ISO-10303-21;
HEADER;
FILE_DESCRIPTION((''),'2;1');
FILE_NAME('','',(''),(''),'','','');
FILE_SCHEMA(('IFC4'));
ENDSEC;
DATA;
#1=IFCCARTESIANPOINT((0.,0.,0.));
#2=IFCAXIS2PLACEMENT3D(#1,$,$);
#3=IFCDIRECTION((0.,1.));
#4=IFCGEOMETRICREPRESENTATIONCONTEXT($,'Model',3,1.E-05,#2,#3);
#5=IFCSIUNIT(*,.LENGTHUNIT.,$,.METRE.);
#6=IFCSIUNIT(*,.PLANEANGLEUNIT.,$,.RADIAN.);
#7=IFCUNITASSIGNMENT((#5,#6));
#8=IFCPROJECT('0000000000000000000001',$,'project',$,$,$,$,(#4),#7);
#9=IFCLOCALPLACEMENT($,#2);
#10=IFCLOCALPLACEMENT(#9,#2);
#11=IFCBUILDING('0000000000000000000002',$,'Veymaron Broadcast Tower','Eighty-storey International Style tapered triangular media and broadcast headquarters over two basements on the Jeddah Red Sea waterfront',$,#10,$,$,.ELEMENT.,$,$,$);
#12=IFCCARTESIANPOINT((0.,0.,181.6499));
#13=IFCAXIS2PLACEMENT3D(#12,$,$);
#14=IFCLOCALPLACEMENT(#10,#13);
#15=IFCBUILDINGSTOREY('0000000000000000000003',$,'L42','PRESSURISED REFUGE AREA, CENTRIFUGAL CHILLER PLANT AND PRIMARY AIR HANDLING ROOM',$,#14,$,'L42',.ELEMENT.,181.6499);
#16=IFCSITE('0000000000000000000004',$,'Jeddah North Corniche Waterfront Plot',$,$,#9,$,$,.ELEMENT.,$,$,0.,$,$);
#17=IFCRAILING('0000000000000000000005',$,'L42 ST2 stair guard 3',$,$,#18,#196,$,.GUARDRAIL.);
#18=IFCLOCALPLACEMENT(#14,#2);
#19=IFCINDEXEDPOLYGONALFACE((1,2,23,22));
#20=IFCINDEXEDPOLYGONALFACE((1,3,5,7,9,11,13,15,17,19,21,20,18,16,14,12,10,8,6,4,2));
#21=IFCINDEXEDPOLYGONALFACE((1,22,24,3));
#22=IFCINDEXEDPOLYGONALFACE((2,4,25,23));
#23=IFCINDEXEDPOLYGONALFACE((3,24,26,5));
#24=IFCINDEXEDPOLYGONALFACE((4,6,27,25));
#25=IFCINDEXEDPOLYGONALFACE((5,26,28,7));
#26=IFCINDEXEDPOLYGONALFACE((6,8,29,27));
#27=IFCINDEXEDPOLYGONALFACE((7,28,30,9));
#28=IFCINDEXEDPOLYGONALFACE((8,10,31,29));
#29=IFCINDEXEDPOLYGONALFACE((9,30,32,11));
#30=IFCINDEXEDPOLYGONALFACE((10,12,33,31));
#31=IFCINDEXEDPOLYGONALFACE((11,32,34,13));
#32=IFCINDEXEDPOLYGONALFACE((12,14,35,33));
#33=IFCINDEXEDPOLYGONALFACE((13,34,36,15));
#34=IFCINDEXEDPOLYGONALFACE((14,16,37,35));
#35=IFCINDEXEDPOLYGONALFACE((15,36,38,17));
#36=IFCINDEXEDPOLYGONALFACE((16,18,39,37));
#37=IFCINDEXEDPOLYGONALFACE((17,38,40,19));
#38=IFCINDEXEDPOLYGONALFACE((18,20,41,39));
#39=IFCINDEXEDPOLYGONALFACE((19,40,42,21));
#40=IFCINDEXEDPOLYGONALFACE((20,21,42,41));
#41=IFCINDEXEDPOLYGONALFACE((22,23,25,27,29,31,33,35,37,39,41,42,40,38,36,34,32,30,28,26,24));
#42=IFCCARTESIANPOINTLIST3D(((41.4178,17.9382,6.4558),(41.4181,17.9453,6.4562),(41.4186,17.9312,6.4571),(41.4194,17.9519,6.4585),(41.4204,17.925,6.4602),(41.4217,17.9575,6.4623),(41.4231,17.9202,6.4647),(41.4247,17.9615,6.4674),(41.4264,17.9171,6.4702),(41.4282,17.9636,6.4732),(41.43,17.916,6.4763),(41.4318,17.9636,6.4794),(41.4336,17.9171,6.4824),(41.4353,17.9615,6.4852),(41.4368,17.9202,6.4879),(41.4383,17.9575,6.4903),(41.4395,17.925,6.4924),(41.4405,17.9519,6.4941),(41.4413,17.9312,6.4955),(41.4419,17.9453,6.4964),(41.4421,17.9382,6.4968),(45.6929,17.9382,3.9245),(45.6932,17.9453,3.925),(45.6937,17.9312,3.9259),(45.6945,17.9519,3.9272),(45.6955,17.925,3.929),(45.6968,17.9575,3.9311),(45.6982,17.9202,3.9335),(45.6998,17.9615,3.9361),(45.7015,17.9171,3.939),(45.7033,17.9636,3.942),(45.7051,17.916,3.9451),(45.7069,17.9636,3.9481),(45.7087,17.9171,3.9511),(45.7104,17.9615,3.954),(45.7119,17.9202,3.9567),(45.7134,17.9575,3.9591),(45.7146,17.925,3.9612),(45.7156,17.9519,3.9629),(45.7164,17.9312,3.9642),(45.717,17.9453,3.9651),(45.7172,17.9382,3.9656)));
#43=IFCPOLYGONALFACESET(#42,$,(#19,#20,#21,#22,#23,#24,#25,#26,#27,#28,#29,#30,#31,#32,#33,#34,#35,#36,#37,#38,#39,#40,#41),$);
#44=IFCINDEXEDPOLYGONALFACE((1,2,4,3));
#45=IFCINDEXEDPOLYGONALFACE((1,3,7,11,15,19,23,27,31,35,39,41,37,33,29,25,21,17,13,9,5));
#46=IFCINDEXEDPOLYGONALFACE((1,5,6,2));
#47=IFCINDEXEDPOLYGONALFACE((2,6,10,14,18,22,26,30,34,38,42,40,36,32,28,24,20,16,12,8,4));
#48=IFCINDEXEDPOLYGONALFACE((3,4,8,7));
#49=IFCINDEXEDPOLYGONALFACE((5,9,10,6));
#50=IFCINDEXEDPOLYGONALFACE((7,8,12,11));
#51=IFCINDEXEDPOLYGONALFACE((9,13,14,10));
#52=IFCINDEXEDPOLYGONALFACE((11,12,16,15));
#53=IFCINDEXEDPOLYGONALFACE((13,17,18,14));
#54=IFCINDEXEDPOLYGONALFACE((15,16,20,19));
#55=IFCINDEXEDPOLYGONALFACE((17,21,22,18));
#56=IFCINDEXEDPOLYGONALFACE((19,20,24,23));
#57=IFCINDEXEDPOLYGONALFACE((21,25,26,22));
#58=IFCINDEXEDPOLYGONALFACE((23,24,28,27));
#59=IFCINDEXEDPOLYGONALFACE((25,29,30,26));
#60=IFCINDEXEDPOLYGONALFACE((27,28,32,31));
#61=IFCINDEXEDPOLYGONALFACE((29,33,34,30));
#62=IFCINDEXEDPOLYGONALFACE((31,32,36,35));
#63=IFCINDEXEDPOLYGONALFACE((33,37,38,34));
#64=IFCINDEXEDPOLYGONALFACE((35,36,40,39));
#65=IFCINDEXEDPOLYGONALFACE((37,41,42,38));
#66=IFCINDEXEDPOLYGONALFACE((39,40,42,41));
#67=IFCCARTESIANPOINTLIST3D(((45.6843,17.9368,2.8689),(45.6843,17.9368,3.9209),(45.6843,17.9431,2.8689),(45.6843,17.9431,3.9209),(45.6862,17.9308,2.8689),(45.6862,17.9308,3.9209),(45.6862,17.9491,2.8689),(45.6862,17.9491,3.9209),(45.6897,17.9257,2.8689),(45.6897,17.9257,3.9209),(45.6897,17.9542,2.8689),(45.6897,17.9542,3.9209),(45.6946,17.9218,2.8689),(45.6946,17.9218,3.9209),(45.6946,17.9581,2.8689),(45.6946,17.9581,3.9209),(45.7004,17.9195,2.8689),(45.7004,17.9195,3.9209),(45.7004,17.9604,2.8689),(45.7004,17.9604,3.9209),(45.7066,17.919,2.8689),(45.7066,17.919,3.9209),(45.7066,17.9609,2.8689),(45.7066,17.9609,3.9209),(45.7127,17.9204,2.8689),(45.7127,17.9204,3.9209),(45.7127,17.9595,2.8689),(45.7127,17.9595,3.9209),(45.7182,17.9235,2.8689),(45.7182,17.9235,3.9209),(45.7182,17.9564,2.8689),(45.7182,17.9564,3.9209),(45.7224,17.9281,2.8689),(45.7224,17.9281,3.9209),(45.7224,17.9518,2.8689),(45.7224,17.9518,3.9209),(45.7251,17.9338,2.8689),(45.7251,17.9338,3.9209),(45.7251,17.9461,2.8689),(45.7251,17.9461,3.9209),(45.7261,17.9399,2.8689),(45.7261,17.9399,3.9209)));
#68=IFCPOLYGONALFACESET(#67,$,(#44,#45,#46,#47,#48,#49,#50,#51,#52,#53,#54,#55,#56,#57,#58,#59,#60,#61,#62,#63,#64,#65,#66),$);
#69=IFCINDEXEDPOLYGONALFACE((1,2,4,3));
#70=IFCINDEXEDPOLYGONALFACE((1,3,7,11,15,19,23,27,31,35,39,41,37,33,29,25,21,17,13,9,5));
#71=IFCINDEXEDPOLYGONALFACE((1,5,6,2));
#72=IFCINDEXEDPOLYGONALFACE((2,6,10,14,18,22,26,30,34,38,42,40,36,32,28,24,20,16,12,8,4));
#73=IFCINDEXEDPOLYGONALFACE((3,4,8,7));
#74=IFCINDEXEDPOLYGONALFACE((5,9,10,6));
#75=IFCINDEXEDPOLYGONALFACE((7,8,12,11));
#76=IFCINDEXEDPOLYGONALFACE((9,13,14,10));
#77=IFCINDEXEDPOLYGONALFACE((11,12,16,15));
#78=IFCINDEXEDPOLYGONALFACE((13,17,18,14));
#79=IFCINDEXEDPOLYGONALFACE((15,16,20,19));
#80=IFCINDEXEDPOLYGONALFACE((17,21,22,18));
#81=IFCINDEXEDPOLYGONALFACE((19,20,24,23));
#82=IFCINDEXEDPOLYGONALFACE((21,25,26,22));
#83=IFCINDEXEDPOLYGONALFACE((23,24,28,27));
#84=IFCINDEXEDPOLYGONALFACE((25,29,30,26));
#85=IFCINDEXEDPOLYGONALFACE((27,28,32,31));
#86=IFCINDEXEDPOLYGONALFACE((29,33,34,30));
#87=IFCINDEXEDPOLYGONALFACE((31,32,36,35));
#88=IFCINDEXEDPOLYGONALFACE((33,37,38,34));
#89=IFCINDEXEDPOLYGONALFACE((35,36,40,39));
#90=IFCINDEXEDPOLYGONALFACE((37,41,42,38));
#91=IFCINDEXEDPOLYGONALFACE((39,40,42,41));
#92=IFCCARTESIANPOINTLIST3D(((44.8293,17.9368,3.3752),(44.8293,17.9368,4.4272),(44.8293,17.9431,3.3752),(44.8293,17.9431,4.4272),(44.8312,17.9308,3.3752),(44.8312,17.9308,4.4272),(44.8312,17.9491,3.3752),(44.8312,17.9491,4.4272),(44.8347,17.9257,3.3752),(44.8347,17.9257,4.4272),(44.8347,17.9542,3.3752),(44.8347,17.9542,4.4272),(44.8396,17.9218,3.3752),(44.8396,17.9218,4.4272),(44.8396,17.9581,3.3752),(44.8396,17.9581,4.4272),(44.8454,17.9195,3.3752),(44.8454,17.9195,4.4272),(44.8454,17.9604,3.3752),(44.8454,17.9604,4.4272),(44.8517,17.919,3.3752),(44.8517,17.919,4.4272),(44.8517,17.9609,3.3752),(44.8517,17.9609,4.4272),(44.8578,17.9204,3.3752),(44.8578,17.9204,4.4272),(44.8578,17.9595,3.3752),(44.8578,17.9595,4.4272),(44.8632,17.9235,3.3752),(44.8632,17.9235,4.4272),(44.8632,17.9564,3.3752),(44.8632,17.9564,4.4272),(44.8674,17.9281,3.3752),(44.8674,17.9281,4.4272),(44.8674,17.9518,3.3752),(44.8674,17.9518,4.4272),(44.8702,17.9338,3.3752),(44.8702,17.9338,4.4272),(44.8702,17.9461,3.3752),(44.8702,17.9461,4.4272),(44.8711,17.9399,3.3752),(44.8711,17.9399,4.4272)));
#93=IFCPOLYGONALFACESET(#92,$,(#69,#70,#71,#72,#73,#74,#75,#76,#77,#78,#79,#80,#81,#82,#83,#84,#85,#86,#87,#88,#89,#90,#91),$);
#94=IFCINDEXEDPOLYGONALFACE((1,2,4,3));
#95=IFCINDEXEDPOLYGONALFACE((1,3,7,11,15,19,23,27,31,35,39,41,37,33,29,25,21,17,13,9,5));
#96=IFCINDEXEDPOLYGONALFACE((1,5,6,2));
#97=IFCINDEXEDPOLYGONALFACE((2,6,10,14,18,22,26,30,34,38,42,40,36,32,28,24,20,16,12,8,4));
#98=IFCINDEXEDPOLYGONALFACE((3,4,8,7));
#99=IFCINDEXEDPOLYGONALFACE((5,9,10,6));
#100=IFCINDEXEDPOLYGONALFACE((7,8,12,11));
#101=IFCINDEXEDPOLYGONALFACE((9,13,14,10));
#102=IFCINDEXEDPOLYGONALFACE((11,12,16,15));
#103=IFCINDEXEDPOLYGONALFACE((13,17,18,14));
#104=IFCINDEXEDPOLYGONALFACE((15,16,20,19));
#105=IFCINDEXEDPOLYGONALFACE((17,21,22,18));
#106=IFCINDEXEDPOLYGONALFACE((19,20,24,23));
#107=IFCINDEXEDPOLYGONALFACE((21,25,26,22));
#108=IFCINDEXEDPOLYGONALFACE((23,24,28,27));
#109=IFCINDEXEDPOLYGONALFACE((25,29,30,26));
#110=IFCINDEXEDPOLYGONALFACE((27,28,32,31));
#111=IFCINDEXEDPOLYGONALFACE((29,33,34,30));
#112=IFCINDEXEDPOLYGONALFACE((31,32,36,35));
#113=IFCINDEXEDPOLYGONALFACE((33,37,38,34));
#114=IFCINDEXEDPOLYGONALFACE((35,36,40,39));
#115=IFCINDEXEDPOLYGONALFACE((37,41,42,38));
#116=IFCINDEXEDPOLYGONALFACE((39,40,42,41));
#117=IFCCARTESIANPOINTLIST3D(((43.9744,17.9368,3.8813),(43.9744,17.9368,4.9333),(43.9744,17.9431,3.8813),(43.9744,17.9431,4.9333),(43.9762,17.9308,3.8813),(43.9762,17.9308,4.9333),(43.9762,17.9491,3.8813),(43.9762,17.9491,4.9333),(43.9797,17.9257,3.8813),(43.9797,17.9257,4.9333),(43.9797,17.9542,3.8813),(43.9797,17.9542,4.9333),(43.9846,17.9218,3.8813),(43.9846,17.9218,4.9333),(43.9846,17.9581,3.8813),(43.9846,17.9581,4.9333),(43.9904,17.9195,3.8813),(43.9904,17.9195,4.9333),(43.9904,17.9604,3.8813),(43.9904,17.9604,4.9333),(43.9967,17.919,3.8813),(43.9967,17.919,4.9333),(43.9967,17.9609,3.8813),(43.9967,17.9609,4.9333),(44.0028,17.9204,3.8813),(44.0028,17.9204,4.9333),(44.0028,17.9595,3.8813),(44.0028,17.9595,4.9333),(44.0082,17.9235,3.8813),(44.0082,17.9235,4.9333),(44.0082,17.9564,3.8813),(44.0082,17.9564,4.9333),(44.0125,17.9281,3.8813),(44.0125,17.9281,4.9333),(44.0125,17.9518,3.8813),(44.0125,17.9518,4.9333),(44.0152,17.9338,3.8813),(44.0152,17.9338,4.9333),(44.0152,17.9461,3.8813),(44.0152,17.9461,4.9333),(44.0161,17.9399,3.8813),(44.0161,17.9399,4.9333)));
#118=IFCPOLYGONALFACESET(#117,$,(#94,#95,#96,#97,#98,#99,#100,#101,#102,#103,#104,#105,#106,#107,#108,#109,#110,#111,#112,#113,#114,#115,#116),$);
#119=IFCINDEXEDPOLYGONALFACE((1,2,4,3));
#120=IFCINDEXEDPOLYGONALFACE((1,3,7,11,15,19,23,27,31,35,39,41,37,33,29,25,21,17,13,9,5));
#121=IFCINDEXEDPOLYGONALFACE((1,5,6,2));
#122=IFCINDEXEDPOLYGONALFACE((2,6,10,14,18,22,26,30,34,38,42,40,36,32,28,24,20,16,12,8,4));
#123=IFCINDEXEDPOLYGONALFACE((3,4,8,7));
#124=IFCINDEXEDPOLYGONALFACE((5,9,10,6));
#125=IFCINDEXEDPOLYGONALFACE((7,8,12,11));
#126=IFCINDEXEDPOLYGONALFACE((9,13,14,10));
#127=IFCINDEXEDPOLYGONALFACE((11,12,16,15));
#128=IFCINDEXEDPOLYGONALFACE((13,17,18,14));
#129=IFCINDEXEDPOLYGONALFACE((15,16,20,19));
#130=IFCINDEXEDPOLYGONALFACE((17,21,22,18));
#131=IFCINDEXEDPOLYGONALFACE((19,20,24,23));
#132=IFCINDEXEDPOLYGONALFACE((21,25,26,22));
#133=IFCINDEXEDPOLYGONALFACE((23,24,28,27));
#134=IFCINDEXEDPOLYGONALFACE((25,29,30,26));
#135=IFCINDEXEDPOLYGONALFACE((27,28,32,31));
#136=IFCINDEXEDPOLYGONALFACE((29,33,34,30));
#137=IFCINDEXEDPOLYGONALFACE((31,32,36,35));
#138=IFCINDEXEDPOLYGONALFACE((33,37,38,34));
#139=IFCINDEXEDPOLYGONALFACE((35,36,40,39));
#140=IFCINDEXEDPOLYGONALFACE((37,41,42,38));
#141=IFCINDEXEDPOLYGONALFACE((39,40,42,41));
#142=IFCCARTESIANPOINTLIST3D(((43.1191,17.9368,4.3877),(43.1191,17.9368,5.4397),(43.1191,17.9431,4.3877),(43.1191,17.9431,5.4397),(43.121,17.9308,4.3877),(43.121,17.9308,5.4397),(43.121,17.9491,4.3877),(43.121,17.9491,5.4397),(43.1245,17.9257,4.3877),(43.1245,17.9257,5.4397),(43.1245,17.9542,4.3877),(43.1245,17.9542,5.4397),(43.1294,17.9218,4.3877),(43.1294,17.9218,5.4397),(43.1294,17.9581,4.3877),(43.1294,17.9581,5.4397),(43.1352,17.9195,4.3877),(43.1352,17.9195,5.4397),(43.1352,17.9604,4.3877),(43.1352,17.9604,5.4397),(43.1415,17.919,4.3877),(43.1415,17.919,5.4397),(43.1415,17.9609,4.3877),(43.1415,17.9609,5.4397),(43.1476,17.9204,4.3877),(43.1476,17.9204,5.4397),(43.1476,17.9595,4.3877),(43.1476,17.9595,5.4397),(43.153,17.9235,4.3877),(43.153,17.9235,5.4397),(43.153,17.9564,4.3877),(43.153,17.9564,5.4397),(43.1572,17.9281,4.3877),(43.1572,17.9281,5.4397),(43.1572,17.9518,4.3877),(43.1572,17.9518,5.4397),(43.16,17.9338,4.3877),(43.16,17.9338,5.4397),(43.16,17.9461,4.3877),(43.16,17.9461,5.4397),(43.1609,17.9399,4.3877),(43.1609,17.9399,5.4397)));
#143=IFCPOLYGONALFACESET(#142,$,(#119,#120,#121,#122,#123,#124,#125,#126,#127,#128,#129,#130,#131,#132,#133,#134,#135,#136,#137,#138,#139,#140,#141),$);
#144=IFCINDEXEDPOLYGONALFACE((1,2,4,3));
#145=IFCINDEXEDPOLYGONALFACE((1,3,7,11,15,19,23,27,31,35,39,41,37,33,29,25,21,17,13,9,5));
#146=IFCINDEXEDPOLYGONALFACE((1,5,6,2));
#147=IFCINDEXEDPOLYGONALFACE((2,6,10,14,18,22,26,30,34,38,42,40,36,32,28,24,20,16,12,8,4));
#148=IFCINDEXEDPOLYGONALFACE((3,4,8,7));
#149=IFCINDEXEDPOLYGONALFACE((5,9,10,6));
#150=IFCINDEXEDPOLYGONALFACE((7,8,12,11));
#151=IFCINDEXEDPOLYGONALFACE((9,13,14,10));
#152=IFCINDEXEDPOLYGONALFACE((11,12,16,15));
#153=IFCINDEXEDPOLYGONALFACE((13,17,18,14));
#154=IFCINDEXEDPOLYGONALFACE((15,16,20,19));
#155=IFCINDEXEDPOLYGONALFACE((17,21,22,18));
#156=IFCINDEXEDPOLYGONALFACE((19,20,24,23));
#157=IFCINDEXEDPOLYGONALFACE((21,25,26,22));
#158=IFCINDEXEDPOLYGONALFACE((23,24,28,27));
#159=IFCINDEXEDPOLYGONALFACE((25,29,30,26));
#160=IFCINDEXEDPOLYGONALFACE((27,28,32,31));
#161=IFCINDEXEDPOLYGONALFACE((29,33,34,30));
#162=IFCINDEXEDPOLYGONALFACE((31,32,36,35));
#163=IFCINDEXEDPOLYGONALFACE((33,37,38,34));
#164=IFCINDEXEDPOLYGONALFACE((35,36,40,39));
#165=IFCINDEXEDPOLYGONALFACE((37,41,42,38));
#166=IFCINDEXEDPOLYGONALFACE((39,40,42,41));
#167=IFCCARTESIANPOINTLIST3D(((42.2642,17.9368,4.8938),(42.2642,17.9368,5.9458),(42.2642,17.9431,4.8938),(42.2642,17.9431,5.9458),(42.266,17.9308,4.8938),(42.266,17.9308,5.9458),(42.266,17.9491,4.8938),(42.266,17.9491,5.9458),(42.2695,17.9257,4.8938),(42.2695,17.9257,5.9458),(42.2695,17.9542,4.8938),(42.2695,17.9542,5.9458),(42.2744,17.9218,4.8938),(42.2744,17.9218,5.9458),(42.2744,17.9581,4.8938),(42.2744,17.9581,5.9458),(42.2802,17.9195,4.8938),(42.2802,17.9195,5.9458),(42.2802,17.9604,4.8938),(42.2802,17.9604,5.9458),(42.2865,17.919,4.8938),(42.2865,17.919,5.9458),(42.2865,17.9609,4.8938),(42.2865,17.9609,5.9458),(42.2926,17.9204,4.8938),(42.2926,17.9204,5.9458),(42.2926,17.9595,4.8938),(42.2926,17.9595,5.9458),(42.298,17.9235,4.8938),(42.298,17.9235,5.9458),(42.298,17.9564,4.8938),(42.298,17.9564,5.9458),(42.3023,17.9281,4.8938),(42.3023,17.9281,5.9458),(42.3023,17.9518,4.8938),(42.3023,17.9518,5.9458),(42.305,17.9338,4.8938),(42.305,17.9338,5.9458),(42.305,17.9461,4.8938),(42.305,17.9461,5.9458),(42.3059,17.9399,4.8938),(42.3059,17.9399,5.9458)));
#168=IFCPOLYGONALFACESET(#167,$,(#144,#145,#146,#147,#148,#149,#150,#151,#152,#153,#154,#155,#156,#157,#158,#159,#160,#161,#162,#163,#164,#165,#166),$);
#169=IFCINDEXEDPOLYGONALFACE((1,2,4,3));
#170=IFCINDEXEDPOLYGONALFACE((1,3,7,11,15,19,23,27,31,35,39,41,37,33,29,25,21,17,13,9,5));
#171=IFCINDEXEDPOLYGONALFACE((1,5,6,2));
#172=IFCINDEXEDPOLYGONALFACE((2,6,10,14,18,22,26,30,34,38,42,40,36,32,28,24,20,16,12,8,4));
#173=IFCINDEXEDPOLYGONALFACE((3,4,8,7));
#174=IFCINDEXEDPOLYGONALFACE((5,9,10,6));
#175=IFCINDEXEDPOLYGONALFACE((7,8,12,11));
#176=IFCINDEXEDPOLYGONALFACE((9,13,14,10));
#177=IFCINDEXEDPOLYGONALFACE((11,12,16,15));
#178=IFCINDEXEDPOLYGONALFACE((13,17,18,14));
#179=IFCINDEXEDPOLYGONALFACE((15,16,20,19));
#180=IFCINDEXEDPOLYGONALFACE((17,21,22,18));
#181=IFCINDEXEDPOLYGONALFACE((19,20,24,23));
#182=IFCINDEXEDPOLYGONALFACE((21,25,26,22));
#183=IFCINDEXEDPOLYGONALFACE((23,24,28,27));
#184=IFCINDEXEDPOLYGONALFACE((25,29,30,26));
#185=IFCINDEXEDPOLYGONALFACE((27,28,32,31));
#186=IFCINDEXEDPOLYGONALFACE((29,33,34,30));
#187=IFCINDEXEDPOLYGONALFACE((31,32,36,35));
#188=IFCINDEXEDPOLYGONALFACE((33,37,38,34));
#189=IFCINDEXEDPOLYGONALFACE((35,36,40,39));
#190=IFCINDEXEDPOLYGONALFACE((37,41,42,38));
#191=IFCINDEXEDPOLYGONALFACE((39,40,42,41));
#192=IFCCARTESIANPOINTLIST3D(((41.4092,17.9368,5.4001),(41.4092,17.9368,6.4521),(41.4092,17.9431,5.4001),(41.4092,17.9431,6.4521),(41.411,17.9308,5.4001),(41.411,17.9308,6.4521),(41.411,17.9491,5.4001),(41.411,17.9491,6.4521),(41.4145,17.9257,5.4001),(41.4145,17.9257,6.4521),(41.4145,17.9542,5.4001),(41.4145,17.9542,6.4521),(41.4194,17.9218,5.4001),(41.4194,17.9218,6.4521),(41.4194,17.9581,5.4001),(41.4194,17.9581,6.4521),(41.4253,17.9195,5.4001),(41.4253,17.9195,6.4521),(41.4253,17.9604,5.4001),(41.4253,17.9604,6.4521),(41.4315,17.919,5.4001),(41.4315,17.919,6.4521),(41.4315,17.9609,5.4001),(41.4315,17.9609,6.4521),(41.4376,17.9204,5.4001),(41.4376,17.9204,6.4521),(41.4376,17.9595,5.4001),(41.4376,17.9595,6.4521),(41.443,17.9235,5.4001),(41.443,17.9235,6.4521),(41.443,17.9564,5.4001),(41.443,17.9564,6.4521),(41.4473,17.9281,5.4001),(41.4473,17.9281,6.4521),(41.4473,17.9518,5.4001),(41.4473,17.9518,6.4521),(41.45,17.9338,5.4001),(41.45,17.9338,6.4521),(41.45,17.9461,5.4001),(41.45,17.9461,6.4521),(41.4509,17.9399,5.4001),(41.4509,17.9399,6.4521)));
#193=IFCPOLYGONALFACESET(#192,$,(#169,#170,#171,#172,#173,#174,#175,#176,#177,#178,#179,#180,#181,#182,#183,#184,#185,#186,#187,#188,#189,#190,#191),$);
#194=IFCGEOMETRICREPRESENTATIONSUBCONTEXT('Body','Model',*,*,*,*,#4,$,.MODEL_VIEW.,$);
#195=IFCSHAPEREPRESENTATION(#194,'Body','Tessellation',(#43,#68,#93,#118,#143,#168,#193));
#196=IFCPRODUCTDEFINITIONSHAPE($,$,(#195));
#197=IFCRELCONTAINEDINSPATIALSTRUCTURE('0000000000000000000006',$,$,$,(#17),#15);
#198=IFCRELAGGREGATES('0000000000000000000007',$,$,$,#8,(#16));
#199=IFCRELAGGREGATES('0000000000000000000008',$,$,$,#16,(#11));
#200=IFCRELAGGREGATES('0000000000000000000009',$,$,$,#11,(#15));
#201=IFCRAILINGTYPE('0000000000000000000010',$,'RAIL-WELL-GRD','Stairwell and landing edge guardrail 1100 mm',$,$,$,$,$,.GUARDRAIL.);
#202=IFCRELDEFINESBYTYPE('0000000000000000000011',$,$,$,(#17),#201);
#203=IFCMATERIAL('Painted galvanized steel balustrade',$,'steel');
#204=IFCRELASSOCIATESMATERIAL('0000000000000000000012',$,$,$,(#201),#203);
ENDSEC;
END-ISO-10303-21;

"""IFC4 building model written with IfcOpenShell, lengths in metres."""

from ifc_helpers import new_model, si_unit, direction, frame, origin, origin_2d, place, context, subcontext, project, spatial, circle, extrude, material, type_object, element, save


model = new_model("IFC4")

# Units and contexts
model_context = context("Model", 3, precision=1e-05, world=origin(), true_north=direction((0.0, 1.0)))
body_context = subcontext(model_context, "Body", "Model", "MODEL_VIEW")
ifc_project = project(units=[si_unit("LENGTHUNIT", "METRE"), si_unit("PLANEANGLEUNIT", "RADIAN")], contexts=[model_context])

# Site, building, storey
site_placement = place(None, origin())
site = spatial("IfcSite", under=ifc_project, at=site_placement, Name="Jeddah North Corniche Waterfront Plot", CompositionType="ELEMENT", RefElevation=0.0)
building_placement = place(site_placement, origin())
building = spatial("IfcBuilding", under=site, at=building_placement, Name="Veymaron Broadcast Tower", Description="Eighty-storey International Style tapered triangular media and broadcast headquarters over two basements on the Jeddah Red Sea waterfront", CompositionType="ELEMENT")
storey_placement = place(building_placement, frame((0.0, 0.0, 181.6499)))
storey = spatial("IfcBuildingStorey", under=building, at=storey_placement, Name="L42", Description="PRESSURISED REFUGE AREA, CENTRIFUGAL CHILLER PLANT AND PRIMARY AIR HANDLING ROOM", LongName="L42", CompositionType="ELEMENT", Elevation=181.6499)

# Railing
ifc_material_1 = material(Name="Painted galvanized steel balustrade", Category="steel")
railing_type_1 = type_object("IfcRailingType", Name="RAIL-WELL-GRD", Description="Stairwell and landing edge guardrail 1100 mm", PredefinedType="GUARDRAIL", material=ifc_material_1)
railing_1_placement = place(storey_placement, frame((45.7051, 17.9399, 2.8689)))
element("IfcRailing", 1, at=railing_1_placement, inside=storey, type_object=railing_type_1, Name="L42 ST2 stair guard 3", PredefinedType="GUARDRAIL", context=body_context, shape_type="SweptSolid", body=[
    extrude(circle(Radius=0.0239, at=origin_2d()), frame((0.0, 0.0, 1.0762), z_axis=(-0.860483, 0.0, 0.509479), x_axis=(0.0, -1.0, 0.0)), (0.0, 0.0, 1.0), 4.9683),
    extrude(circle(Radius=0.021, at=origin_2d()), origin(), (0.0, 0.0, 1.0), 1.052),
    extrude(circle(Radius=0.021, at=origin_2d()), frame((-0.855, 0.0, 0.5063)), (0.0, 0.0, 1.0), 1.052),
    extrude(circle(Radius=0.021, at=origin_2d()), frame((-1.71, 0.0, 1.0125)), (0.0, 0.0, 1.0), 1.052),
    extrude(circle(Radius=0.021, at=origin_2d()), frame((-2.5652, 0.0, 1.5188)), (0.0, 0.0, 1.0), 1.052),
    extrude(circle(Radius=0.021, at=origin_2d()), frame((-3.4202, 0.0, 2.0249)), (0.0, 0.0, 1.0), 1.052),
    extrude(circle(Radius=0.021, at=origin_2d()), frame((-4.2751, 0.0, 2.5312)), (0.0, 0.0, 1.0), 1.052),
])

save(model, "model.ifc")
